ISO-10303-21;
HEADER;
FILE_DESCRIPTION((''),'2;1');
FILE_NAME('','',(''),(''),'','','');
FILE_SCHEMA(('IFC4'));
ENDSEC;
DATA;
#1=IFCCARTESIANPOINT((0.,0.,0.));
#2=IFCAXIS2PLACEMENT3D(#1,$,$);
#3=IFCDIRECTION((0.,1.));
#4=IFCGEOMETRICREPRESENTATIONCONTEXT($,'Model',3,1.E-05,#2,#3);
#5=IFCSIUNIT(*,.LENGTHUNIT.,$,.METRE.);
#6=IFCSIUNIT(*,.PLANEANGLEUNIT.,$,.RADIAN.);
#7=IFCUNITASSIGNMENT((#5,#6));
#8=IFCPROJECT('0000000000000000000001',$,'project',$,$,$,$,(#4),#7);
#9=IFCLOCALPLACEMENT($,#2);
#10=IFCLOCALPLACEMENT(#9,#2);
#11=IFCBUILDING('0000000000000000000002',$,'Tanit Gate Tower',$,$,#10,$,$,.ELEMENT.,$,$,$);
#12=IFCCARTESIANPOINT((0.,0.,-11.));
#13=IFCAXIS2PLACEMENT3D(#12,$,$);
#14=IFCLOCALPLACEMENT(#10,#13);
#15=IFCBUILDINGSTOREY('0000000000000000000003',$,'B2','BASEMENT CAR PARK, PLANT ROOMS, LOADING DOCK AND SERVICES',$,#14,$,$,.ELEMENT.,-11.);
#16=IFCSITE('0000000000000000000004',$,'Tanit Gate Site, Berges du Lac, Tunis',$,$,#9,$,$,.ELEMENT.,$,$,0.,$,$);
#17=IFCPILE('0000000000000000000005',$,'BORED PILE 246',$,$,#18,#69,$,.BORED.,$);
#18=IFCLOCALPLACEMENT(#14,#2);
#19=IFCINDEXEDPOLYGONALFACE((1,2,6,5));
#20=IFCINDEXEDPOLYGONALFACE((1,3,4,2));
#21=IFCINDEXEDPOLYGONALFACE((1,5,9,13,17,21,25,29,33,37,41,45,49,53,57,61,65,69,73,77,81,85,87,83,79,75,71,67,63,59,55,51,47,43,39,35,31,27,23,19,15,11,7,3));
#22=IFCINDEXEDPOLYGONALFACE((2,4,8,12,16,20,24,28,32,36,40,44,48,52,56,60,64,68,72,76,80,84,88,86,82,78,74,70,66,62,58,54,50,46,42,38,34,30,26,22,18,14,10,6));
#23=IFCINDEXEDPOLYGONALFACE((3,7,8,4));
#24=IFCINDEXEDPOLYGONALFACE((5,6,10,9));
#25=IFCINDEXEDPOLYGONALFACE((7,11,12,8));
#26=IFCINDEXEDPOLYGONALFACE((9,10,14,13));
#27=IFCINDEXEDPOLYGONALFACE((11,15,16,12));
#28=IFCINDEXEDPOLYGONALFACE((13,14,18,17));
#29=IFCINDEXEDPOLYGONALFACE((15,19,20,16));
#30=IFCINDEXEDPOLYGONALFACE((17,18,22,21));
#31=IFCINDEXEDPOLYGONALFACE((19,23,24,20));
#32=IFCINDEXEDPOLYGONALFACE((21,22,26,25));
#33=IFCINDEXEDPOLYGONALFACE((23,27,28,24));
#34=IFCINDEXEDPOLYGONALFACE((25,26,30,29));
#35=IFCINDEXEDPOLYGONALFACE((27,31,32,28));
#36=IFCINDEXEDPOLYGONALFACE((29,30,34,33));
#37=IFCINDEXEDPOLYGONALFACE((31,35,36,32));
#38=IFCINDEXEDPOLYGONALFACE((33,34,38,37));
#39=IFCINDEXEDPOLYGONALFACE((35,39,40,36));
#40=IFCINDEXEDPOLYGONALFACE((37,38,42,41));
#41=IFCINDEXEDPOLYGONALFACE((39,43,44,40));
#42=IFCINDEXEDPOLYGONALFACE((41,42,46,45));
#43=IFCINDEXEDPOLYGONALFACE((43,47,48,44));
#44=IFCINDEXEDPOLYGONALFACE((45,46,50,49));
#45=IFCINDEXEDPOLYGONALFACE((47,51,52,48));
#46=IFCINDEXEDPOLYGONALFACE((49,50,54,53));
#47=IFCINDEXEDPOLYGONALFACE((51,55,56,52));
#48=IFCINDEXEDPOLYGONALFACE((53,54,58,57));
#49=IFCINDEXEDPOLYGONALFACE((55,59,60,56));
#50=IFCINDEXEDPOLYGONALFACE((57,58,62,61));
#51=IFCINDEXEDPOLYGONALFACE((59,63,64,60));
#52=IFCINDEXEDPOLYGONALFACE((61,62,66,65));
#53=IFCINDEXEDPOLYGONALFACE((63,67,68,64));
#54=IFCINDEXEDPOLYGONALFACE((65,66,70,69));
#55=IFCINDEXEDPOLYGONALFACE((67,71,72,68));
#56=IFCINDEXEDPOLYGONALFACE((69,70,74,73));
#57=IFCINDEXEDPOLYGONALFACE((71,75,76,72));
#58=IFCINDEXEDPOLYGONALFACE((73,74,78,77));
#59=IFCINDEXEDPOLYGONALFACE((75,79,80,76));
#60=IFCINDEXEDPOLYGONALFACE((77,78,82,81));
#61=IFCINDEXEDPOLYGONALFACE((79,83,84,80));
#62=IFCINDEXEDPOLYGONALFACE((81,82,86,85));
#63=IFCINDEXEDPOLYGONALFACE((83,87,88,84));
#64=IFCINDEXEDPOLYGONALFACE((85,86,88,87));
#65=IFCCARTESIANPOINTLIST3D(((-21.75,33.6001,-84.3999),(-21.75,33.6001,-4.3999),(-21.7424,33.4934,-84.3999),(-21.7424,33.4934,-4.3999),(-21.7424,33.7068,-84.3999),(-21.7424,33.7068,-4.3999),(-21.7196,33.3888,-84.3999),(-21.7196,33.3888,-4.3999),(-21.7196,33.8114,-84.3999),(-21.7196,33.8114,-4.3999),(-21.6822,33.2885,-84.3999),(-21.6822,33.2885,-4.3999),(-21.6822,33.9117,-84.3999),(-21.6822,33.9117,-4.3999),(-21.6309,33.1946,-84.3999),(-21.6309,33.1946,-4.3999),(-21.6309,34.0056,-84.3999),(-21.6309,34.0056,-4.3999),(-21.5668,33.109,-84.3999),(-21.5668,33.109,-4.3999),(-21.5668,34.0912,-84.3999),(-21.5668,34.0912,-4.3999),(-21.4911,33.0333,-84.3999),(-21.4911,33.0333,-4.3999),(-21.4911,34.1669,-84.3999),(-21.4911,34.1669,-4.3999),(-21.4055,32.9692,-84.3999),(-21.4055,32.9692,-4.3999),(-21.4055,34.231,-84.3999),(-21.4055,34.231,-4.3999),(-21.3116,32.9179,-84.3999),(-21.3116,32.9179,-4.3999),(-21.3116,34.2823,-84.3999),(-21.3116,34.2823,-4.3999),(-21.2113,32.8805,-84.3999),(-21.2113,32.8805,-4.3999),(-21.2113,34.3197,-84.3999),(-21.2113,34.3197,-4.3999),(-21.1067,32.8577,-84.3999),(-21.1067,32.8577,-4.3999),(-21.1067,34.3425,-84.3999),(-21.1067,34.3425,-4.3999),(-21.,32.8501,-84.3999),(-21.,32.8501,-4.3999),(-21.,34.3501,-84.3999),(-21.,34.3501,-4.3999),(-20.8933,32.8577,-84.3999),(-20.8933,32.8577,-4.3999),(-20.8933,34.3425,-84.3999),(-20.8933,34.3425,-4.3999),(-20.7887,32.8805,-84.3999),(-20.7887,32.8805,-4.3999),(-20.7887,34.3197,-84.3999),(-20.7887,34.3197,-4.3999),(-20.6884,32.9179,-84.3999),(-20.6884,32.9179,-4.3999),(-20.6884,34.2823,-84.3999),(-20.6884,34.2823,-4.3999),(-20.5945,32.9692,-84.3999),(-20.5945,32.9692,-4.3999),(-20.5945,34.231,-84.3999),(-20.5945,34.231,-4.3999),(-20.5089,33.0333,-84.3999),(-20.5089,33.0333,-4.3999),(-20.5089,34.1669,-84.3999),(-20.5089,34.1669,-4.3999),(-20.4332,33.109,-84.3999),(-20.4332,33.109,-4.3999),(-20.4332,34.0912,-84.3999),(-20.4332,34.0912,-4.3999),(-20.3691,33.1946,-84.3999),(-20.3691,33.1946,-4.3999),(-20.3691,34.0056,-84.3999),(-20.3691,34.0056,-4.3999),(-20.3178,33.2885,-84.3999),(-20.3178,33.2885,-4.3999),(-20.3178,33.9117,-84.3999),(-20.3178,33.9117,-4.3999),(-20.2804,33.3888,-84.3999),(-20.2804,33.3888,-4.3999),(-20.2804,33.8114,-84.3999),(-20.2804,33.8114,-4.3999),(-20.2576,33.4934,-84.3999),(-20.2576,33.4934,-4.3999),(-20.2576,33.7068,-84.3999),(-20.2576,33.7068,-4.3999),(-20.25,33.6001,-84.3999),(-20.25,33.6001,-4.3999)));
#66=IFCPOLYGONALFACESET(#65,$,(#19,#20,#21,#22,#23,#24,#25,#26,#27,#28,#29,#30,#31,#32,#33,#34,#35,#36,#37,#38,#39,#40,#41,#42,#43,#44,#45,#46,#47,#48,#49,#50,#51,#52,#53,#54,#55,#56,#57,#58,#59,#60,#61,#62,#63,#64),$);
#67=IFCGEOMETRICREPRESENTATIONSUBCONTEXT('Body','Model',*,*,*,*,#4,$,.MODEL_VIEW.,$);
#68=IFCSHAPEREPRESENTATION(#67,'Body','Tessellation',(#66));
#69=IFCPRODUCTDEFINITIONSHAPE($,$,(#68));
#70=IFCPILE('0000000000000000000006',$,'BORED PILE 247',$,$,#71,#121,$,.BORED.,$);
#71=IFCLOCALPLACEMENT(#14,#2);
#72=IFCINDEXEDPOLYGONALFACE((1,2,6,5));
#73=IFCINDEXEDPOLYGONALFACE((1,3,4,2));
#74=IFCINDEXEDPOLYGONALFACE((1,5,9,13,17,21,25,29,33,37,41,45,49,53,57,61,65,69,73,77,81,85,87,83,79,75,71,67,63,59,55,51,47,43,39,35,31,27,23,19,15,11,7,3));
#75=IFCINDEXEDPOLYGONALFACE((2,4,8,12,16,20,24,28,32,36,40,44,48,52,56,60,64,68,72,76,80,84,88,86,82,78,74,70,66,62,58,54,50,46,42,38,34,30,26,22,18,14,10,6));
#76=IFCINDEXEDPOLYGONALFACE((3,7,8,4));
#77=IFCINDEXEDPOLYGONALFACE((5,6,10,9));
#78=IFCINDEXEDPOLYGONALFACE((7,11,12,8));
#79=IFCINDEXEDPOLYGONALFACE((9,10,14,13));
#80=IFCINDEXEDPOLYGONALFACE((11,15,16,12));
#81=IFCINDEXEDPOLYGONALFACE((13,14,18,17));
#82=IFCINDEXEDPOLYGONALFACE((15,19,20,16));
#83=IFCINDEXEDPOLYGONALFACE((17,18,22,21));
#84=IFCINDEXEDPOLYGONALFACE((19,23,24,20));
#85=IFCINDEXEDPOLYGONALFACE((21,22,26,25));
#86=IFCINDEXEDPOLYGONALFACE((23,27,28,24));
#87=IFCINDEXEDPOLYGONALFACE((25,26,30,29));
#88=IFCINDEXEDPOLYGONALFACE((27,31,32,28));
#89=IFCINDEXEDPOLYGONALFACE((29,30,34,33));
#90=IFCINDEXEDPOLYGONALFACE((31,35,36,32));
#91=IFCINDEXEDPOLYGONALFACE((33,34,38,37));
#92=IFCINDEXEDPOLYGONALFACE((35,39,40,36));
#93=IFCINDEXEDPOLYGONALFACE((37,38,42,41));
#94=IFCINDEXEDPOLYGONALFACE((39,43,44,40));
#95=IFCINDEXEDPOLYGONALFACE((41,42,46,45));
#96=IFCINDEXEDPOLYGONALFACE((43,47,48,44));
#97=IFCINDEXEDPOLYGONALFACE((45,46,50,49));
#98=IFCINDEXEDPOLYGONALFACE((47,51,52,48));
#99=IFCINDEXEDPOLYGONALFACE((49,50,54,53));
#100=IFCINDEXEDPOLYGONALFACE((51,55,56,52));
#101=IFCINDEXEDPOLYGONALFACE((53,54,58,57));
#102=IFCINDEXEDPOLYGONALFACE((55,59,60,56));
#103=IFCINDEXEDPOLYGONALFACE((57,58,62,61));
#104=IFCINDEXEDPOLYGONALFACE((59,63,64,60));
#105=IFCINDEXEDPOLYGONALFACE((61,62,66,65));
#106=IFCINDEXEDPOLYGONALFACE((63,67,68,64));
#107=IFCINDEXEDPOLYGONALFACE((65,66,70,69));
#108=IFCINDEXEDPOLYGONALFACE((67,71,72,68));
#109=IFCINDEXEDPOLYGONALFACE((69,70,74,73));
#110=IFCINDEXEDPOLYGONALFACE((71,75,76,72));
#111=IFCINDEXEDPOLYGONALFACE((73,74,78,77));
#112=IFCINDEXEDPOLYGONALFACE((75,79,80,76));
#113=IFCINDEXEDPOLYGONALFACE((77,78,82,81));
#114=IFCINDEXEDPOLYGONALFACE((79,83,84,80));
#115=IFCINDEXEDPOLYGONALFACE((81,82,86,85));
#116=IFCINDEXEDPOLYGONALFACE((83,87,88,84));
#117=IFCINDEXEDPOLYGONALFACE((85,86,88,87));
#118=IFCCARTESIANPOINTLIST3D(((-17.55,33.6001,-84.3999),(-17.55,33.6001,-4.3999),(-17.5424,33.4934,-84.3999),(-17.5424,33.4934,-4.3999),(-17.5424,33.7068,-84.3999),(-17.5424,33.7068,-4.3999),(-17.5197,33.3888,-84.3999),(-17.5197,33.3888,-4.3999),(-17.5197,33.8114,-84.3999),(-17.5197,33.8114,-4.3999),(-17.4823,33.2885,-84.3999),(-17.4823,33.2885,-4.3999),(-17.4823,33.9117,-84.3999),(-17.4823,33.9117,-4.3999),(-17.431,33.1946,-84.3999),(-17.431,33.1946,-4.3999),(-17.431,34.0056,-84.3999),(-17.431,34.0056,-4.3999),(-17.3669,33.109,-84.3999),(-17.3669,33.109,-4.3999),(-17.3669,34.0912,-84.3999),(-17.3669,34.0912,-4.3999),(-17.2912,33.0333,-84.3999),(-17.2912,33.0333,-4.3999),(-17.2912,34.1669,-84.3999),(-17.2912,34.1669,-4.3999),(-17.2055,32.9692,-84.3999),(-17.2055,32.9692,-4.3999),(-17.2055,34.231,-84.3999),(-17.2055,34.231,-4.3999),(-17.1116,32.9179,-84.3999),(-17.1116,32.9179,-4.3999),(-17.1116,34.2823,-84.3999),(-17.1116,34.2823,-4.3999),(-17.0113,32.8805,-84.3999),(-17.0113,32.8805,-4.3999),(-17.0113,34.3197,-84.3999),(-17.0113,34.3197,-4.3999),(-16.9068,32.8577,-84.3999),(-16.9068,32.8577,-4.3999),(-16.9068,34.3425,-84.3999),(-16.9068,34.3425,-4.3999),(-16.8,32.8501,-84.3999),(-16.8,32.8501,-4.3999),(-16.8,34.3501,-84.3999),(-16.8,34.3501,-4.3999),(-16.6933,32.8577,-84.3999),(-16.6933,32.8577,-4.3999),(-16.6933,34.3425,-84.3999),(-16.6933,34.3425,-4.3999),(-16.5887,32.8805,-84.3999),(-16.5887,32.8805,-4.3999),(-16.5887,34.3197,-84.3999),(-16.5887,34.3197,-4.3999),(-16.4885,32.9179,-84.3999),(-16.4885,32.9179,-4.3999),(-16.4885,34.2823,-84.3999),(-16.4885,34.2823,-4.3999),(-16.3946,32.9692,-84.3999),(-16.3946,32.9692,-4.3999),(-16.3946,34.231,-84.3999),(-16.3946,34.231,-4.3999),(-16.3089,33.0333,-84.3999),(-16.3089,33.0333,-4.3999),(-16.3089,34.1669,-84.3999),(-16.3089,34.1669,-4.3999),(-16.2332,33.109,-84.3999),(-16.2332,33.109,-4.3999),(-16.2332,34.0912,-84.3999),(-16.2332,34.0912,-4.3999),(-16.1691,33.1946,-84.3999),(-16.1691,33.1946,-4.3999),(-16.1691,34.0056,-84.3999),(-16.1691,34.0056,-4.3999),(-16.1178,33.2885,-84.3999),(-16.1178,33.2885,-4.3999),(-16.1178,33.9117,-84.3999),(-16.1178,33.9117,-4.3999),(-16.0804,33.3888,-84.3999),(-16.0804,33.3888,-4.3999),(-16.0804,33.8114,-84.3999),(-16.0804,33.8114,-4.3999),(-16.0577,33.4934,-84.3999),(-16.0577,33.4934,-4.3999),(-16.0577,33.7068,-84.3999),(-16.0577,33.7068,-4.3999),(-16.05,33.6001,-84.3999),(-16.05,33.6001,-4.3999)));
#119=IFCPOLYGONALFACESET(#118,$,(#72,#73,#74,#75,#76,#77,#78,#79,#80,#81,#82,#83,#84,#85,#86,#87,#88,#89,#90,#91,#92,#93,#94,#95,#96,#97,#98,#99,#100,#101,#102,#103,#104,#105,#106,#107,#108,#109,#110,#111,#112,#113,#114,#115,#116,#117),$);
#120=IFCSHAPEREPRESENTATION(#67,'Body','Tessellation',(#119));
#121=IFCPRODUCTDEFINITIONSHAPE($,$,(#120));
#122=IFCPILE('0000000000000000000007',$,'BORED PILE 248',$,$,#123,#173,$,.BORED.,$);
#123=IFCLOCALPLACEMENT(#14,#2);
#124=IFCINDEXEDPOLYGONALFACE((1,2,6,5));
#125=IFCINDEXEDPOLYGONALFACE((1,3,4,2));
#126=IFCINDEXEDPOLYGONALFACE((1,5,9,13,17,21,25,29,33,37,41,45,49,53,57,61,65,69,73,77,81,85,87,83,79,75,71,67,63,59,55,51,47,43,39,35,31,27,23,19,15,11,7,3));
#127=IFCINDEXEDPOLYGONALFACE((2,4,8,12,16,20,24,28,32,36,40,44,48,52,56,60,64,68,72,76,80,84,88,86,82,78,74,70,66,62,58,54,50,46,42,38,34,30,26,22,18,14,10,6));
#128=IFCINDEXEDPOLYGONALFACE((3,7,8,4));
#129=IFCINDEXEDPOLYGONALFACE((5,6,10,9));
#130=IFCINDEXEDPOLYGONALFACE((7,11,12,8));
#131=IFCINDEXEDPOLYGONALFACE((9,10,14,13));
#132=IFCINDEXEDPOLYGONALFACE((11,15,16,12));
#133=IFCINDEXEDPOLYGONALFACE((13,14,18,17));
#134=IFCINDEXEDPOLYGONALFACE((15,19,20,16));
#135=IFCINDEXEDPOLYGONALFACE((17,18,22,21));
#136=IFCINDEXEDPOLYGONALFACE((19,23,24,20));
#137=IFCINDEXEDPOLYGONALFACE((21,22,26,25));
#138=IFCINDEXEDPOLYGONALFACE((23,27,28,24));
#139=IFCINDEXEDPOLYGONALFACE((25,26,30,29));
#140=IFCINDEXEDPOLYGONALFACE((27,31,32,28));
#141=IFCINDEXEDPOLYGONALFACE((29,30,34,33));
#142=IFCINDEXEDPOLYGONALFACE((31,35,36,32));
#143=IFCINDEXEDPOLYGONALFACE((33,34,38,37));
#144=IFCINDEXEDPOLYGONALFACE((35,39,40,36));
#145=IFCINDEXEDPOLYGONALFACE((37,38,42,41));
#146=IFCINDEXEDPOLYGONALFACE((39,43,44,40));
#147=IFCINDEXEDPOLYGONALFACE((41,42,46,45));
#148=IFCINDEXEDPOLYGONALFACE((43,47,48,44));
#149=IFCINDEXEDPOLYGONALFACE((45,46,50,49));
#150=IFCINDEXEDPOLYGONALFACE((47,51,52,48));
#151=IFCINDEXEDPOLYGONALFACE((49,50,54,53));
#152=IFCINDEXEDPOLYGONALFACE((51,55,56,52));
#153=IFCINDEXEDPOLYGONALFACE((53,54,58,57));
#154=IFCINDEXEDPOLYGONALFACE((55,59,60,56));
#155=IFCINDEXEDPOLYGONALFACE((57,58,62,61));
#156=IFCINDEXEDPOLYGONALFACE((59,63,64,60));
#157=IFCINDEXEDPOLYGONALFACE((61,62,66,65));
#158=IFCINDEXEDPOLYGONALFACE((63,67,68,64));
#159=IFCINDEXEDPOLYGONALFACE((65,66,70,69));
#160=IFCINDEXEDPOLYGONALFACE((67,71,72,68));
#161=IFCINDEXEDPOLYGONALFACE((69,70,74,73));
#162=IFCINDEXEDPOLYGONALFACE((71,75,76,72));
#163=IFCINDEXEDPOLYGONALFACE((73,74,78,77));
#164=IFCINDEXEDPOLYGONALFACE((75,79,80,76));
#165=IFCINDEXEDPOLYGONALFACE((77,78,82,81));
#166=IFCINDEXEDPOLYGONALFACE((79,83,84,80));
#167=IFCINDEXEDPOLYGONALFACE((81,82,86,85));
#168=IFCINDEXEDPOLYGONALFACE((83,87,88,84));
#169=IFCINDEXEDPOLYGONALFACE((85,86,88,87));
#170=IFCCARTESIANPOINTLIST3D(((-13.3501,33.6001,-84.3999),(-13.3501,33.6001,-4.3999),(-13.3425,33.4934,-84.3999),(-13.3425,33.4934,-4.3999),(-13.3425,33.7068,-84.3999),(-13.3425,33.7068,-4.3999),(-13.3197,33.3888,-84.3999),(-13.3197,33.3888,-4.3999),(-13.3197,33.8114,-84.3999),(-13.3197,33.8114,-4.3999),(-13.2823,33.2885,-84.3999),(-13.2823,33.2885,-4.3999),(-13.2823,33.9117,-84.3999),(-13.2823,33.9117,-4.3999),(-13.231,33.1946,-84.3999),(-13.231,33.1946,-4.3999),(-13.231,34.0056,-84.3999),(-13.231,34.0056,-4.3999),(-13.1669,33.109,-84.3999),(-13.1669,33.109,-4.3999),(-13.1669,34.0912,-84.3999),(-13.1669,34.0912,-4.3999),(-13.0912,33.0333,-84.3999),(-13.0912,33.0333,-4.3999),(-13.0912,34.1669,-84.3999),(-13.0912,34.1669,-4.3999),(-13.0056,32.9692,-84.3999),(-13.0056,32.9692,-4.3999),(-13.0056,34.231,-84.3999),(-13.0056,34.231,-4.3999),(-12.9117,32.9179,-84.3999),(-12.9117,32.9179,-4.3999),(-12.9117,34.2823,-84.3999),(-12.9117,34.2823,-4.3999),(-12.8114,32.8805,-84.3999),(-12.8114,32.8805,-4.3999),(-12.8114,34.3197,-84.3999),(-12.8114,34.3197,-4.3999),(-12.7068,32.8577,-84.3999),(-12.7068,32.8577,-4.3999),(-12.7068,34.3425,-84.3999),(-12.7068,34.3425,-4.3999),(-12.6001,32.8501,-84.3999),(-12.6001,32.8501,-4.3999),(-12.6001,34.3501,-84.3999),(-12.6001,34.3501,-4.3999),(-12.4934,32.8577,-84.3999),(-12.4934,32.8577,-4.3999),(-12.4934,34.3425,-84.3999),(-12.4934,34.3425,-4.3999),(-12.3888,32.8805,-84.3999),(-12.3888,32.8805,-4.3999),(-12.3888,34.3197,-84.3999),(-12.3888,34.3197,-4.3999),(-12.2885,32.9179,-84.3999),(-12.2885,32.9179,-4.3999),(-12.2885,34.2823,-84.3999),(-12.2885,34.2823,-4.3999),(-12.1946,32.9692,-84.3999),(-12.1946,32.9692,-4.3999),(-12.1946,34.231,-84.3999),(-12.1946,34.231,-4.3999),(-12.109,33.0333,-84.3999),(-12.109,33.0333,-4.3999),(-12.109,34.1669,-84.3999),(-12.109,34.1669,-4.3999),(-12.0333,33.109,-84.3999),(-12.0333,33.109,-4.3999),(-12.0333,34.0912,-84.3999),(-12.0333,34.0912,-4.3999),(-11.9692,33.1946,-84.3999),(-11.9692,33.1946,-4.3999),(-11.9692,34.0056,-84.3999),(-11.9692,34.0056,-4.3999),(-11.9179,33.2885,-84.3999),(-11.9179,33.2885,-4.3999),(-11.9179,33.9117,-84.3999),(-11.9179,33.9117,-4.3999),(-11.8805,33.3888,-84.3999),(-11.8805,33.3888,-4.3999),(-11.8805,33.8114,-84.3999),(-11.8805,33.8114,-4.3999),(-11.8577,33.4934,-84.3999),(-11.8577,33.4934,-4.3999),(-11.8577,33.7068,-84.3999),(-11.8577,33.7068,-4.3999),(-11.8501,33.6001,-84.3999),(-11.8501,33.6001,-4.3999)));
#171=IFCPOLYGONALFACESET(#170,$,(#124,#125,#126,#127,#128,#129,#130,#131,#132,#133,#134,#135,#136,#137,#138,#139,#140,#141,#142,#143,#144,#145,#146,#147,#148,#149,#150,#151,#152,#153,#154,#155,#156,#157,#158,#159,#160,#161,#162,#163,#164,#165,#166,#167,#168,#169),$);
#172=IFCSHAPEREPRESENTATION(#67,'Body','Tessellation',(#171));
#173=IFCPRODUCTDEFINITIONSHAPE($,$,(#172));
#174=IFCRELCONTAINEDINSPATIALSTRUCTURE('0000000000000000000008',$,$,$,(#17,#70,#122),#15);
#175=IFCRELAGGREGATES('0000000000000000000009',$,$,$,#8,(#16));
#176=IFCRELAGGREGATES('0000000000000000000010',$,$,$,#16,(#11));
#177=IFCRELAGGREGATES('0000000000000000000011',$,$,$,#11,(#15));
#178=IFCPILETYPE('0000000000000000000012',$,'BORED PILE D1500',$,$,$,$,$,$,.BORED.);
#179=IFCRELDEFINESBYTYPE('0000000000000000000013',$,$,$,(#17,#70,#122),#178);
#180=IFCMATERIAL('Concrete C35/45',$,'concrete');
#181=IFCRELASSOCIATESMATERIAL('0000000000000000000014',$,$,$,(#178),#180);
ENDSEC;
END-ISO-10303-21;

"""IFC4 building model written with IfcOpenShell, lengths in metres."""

from ifc_helpers import new_model, si_unit, direction, frame, origin, origin_2d, place, context, subcontext, project, spatial, circle, extrude, material, material_profile, profile_set, type_object, element, save


model = new_model("IFC4")

# Units and contexts
model_context = context("Model", 3, precision=1e-05, world=origin(), true_north=direction((0.0, 1.0)))
body_context = subcontext(model_context, "Body", "Model", "MODEL_VIEW")
ifc_project = project(units=[si_unit("LENGTHUNIT", "METRE"), si_unit("PLANEANGLEUNIT", "RADIAN")], contexts=[model_context])

# Site, building, storey
site_placement = place(None, origin())
site = spatial("IfcSite", under=ifc_project, at=site_placement, Name="Tanit Gate Site, Berges du Lac, Tunis", CompositionType="ELEMENT", RefElevation=0.0)
building_placement = place(site_placement, origin())
building = spatial("IfcBuilding", under=site, at=building_placement, Name="Tanit Gate Tower", CompositionType="ELEMENT")
storey_placement = place(building_placement, frame((0.0, 0.0, -11.0)))
storey = spatial("IfcBuildingStorey", under=building, at=storey_placement, Name="B2", Description="BASEMENT CAR PARK, PLANT ROOMS, LOADING DOCK AND SERVICES", CompositionType="ELEMENT", Elevation=-11.0)

# Piles
ifc_material_1 = material(Name="Concrete C35/45", Category="concrete")
ifc_material_profile_1 = material_profile(ifc_material_1, circle(Radius=0.75, at=origin_2d()), Name="BORED PILE D1500 C35/45")
ifc_profile_set_1 = profile_set([ifc_material_profile_1], Name="Concrete C35/45")
pile_type = type_object("IfcPileType", Name="BORED PILE D1500", PredefinedType="BORED", material=ifc_profile_set_1)
for number, where, z_axis, x_axis, name in (
    (1, (-21.0, 33.6001, -4.3999), (0.0, 0.0, -1.0), (1.0, 0.0, 0.0), "BORED PILE 246"),
    (2, (-16.8, 33.6001, -4.3999), (0.0, 0.0, -1.0), (1.0, 0.0, 0.0), "BORED PILE 247"),
    (3, (-12.6001, 33.6001, -4.3999), (0.0, 0.0, -1.0), (1.0, 0.0, 0.0), "BORED PILE 248"),
):
    element("IfcPile", number, at=place(storey_placement, frame(where, z_axis=z_axis, x_axis=x_axis)), inside=storey, type_object=pile_type, Name=name, PredefinedType="BORED", context=body_context, shape_type="SweptSolid", body=[
        extrude(circle(Radius=0.75, at=origin_2d()), origin(), (0.0, 0.0, 1.0), 80.0),
    ])

save(model, "model.ifc")
